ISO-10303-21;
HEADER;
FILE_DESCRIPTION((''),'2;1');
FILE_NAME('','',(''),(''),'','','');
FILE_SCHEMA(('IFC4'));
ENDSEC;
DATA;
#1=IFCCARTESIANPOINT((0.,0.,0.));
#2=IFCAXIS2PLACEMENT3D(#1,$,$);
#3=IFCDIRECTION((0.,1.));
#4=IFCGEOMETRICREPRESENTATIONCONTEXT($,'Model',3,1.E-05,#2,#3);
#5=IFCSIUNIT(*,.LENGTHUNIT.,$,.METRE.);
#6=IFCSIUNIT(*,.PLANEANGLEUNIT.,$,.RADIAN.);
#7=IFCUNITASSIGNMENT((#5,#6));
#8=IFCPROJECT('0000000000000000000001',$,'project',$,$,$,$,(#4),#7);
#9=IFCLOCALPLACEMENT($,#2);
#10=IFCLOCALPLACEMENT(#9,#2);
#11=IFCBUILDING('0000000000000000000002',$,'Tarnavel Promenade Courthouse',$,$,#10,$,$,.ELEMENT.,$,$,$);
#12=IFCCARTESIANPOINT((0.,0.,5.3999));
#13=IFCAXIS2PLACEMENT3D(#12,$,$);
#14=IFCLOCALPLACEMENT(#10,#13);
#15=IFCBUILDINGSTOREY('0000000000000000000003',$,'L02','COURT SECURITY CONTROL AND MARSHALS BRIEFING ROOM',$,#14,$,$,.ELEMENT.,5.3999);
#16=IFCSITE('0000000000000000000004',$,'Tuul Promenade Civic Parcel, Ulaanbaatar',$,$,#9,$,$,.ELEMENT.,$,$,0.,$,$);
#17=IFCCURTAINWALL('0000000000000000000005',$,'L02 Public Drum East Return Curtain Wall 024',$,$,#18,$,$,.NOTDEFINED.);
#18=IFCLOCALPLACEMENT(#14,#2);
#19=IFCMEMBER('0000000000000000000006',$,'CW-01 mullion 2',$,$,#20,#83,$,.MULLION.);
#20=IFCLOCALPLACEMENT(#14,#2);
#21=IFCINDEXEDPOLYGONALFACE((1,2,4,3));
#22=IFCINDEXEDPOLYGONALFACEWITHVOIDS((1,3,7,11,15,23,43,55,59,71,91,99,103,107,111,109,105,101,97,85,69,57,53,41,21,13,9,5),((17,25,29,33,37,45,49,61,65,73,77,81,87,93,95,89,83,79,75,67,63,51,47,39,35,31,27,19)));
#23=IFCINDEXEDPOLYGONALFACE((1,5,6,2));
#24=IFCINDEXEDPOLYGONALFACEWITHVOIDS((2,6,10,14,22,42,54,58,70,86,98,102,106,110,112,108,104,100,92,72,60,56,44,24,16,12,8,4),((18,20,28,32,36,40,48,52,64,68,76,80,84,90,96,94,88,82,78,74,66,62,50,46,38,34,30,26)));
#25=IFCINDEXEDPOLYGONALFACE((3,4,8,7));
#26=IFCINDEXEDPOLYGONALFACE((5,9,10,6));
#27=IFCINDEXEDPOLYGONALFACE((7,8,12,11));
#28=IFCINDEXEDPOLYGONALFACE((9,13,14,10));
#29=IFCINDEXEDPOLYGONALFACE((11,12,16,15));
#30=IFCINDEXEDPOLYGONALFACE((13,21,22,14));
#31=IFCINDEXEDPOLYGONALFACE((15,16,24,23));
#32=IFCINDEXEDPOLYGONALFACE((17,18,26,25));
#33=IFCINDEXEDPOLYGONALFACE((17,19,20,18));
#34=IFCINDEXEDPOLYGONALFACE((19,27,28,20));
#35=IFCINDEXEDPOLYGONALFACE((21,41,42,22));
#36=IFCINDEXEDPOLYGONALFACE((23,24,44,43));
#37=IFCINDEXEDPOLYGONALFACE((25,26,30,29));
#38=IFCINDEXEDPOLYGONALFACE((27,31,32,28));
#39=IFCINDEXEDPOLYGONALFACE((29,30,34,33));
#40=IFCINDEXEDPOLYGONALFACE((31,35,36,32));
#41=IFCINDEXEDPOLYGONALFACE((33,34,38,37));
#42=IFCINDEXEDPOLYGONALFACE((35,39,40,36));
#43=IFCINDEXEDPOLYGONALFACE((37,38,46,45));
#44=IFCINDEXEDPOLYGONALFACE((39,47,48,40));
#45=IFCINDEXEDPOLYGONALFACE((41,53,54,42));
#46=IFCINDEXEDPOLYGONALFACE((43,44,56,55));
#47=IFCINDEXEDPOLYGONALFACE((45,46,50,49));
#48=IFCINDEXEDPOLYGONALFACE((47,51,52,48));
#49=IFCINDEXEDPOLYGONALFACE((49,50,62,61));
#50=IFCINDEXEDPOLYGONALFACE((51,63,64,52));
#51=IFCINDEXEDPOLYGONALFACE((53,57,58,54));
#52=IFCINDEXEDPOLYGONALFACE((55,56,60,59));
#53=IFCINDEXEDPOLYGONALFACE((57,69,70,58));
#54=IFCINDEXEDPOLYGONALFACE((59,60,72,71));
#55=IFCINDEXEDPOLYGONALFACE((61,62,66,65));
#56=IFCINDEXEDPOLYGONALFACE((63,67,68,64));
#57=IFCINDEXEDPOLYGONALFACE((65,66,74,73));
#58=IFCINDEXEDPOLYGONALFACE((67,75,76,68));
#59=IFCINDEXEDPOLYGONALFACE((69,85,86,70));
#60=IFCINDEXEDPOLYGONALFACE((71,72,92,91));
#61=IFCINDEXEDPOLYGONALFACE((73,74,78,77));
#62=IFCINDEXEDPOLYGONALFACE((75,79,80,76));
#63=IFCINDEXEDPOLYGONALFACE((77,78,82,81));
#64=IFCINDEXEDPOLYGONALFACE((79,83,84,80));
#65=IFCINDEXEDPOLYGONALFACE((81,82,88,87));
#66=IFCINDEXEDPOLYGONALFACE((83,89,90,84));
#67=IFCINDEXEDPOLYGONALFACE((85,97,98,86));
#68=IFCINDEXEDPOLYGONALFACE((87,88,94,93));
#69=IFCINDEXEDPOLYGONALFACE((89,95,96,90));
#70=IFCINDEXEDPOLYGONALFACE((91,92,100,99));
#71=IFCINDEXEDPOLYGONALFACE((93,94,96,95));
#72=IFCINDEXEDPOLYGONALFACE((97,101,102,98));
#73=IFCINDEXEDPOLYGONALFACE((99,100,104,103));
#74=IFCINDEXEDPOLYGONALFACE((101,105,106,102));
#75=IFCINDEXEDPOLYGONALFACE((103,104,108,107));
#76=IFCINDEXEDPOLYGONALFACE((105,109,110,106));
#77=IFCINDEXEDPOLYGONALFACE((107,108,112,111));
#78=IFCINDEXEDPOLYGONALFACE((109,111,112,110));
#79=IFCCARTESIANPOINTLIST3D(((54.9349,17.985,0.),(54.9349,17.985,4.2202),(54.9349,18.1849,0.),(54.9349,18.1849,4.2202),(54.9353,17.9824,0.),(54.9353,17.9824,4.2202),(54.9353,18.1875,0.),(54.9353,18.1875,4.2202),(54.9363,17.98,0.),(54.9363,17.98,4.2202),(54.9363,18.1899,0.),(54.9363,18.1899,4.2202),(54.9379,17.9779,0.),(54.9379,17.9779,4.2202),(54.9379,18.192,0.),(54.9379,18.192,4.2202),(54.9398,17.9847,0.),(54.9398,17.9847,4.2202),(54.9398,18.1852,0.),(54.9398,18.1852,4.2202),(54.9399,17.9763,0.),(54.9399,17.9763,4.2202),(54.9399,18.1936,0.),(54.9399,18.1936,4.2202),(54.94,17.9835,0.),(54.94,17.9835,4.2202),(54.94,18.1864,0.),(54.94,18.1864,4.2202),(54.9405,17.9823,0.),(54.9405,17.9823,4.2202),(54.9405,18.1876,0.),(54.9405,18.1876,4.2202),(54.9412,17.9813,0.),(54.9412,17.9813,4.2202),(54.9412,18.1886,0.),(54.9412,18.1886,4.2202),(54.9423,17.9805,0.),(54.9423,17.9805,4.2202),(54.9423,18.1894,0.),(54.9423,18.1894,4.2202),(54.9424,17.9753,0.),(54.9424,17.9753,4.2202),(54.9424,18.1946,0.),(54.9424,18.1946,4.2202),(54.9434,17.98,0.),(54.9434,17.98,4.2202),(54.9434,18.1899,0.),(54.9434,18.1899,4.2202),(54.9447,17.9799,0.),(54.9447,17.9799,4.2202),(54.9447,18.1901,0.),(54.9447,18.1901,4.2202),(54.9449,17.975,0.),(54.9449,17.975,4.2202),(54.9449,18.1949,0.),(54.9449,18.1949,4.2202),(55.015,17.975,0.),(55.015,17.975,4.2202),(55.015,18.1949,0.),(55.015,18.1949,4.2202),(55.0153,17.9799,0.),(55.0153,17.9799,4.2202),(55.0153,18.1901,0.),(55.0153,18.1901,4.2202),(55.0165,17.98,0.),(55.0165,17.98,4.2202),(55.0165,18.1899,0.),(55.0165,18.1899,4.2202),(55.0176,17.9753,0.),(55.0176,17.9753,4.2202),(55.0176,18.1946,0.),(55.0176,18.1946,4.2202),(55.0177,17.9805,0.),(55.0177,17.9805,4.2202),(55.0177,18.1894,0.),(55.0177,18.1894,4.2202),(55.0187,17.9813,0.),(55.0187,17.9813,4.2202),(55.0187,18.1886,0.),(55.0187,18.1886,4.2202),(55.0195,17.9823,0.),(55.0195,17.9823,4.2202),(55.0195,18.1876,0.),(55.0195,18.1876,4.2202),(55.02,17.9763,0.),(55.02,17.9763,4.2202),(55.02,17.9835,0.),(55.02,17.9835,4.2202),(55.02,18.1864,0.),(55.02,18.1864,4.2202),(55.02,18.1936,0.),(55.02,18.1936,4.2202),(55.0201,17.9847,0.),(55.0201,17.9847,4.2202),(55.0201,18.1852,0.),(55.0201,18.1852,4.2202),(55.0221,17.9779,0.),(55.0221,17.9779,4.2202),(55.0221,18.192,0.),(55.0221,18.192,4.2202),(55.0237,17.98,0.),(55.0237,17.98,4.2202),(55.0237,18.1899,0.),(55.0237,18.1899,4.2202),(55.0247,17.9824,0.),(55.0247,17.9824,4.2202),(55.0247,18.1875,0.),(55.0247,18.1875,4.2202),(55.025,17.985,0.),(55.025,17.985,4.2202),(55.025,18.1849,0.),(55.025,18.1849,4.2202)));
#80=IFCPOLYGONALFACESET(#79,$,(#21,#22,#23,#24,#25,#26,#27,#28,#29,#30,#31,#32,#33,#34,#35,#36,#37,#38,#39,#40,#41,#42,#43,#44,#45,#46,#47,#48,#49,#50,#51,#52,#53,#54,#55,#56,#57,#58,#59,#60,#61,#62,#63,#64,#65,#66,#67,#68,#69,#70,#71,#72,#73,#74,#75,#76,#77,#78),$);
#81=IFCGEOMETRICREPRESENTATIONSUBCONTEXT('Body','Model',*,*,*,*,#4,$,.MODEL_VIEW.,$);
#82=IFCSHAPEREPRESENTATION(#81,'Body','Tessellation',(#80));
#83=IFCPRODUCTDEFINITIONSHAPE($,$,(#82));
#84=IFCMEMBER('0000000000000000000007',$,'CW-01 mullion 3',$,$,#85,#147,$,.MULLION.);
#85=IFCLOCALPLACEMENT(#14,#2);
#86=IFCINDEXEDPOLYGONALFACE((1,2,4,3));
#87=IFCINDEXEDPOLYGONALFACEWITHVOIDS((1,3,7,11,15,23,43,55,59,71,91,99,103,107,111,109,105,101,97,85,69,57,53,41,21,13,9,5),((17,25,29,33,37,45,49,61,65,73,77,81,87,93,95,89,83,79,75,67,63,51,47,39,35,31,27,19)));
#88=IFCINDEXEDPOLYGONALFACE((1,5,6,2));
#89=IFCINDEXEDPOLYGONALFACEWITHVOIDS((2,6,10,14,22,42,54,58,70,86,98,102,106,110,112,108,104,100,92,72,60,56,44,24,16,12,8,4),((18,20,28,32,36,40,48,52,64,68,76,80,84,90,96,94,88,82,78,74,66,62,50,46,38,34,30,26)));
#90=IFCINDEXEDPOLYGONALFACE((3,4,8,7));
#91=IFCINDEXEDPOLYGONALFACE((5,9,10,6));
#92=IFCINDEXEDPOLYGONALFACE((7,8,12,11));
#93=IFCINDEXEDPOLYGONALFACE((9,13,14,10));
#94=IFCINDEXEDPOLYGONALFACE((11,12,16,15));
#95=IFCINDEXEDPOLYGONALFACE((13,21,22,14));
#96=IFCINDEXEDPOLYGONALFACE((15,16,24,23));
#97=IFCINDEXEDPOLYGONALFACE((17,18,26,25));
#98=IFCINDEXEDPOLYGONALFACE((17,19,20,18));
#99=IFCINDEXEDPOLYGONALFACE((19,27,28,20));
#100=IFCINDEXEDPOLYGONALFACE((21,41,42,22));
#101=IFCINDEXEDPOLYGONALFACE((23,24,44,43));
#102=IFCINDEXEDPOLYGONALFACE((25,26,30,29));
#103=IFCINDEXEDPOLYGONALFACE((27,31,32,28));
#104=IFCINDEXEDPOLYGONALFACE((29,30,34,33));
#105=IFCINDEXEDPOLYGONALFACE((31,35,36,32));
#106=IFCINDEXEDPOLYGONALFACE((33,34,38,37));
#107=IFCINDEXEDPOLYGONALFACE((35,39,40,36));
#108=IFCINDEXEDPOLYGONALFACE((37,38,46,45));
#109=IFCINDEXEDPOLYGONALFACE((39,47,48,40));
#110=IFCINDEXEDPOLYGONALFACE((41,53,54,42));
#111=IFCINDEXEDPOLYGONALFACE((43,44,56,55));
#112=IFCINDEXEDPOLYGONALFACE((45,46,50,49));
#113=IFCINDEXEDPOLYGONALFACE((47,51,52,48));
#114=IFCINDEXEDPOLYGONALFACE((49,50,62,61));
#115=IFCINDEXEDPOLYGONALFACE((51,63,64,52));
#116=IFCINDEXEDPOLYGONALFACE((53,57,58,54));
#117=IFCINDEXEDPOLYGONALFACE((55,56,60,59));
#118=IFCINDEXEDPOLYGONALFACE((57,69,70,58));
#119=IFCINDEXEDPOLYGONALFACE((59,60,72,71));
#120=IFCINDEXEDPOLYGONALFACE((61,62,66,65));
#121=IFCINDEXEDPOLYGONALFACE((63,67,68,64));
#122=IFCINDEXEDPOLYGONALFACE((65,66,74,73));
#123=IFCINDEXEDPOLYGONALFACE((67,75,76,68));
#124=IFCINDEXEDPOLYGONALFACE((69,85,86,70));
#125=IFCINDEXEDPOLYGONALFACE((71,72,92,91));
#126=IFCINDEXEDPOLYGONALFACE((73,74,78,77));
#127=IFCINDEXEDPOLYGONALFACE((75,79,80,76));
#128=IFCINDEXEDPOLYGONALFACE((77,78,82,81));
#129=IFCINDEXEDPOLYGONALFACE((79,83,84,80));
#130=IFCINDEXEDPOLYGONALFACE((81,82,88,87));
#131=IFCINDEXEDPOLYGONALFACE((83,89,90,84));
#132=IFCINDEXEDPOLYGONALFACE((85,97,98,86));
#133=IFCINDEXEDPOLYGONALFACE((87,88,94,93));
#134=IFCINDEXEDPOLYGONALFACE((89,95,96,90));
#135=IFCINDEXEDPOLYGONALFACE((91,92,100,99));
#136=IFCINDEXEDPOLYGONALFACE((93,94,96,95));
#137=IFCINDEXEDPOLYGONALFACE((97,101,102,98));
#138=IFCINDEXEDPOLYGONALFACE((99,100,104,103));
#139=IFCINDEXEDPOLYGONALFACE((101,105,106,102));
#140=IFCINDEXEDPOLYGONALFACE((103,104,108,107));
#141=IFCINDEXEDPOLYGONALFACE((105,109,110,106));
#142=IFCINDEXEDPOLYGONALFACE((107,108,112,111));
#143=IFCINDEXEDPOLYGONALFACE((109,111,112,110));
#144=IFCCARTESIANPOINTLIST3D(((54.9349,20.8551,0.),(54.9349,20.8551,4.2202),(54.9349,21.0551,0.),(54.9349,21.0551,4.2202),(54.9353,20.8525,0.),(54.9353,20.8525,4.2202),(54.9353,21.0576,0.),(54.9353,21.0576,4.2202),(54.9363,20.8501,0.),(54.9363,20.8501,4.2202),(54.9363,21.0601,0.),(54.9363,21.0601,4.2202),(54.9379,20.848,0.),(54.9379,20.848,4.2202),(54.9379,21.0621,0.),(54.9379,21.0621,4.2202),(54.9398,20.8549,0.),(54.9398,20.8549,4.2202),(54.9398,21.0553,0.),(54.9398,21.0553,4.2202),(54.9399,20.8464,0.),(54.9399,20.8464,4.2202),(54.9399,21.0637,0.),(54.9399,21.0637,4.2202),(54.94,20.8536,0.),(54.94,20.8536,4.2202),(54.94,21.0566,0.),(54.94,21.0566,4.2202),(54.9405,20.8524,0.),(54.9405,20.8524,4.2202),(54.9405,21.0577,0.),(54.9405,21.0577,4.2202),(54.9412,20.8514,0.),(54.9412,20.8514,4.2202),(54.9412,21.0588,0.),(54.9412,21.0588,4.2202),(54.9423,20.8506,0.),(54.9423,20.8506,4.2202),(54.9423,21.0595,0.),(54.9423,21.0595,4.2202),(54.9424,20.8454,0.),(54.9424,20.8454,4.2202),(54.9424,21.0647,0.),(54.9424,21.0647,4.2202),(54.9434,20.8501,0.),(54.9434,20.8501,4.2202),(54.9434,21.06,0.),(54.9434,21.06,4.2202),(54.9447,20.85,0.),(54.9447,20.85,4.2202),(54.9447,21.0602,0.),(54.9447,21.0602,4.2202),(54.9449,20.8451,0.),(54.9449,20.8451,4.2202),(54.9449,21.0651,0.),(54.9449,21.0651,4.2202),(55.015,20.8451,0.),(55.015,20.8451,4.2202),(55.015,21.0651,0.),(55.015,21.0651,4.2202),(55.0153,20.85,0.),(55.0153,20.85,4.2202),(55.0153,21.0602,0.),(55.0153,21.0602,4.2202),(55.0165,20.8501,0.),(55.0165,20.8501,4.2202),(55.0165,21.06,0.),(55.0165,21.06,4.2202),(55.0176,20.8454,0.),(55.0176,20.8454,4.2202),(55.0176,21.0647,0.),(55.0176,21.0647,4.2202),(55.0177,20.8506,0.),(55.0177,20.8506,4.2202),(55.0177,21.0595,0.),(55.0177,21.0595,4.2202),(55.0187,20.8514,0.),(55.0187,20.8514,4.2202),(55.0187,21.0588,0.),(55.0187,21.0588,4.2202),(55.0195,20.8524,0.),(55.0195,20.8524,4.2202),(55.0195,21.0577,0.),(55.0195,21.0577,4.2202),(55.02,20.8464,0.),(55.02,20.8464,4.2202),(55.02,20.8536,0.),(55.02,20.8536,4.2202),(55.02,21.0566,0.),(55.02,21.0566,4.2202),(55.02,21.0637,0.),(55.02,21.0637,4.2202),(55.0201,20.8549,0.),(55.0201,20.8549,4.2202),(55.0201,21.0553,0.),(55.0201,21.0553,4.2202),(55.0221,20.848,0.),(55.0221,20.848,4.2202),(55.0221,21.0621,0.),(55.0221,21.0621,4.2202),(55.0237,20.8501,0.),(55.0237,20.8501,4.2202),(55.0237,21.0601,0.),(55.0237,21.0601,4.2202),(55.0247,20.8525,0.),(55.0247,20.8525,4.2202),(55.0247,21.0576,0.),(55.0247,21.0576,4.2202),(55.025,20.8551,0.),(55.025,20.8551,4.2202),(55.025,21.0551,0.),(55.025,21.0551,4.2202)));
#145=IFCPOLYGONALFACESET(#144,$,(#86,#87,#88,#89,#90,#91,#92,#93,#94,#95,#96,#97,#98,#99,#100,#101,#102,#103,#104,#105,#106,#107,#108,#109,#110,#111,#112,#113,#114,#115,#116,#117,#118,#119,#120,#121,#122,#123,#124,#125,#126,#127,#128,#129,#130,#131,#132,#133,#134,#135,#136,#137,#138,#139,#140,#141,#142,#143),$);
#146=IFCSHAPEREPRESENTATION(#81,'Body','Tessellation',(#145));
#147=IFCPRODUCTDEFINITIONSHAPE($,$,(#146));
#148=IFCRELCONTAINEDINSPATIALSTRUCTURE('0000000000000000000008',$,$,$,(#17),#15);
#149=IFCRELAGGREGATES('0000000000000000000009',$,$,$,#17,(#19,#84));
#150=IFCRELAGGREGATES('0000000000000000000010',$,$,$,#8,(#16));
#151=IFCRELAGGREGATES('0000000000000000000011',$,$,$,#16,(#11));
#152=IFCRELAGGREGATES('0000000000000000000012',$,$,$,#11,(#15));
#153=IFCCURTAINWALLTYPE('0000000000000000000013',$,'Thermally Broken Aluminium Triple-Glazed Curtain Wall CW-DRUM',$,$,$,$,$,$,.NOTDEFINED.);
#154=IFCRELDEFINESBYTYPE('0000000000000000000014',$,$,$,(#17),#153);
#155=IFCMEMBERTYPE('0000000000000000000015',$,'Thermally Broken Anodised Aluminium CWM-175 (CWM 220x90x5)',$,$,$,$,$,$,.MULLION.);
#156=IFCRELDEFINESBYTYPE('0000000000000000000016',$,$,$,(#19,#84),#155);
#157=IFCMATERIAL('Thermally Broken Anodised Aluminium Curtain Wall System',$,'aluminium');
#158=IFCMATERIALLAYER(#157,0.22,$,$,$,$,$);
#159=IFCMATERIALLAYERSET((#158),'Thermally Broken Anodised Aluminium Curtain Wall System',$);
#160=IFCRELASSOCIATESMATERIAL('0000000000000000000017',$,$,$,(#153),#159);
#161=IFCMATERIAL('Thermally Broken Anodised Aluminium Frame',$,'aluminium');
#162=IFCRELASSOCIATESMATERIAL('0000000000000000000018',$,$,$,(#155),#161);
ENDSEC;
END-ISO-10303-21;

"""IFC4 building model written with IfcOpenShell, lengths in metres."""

from ifc_helpers import new_model, si_unit, direction, frame, origin, origin_2d, place, context, subcontext, project, spatial, hollow_rectangle, extrude, material, layer, layer_set, material_profile, profile_set, type_object, element, aggregate, save


model = new_model("IFC4")

# Units and contexts
model_context = context("Model", 3, precision=1e-05, world=origin(), true_north=direction((0.0, 1.0)))
body_context = subcontext(model_context, "Body", "Model", "MODEL_VIEW")
ifc_project = project(units=[si_unit("LENGTHUNIT", "METRE"), si_unit("PLANEANGLEUNIT", "RADIAN")], contexts=[model_context])

# Site, building, storey
site_placement = place(None, origin())
site = spatial("IfcSite", under=ifc_project, at=site_placement, Name="Tuul Promenade Civic Parcel, Ulaanbaatar", CompositionType="ELEMENT", RefElevation=0.0)
building_placement = place(site_placement, origin())
building = spatial("IfcBuilding", under=site, at=building_placement, Name="Tarnavel Promenade Courthouse", CompositionType="ELEMENT")
storey_placement = place(building_placement, frame((0.0, 0.0, 5.3999)))
storey = spatial("IfcBuildingStorey", under=building, at=storey_placement, Name="L02", Description="COURT SECURITY CONTROL AND MARSHALS BRIEFING ROOM", CompositionType="ELEMENT", Elevation=5.3999)

# Curtain wall, members
ifc_material_1 = material(Name="Thermally Broken Anodised Aluminium Curtain Wall System", Category="aluminium")
ifc_layer_1 = layer(ifc_material_1, 0.22)
ifc_layer_set_1 = layer_set([ifc_layer_1], Name="Thermally Broken Anodised Aluminium Curtain Wall System")
curtain_wall_type = type_object("IfcCurtainWallType", Name="Thermally Broken Aluminium Triple-Glazed Curtain Wall CW-DRUM", PredefinedType="NOTDEFINED", material=ifc_layer_set_1)
ifc_material_2 = material(Name="Thermally Broken Anodised Aluminium Frame", Category="aluminium")
ifc_material_profile_1 = material_profile(ifc_material_2, hollow_rectangle(XDim=0.0901, YDim=0.22, WallThickness=0.0049, InnerFilletRadius=0.0049, OuterFilletRadius=0.01, at=origin_2d()), Name="CWM 220x90x5")
ifc_profile_set_1 = profile_set([ifc_material_profile_1], Name="Thermally Broken Anodised Aluminium Frame")
member_type_1 = type_object("IfcMemberType", Name="Thermally Broken Anodised Aluminium CWM-175 (CWM 220x90x5)", PredefinedType="MULLION", material=ifc_profile_set_1)
curtain_wall_1_placement = place(storey_placement, origin())
curtain_wall_1 = element("IfcCurtainWall", 1, at=curtain_wall_1_placement, inside=storey, type_object=curtain_wall_type, Name="L02 Public Drum East Return Curtain Wall 024", PredefinedType="NOTDEFINED")
member_1_placement = place(storey_placement, frame((54.98, 18.085, 0.0), z_axis=(0.0, 0.0, 1.0), x_axis=(-1.0, 0.0, 0.0)))
member_1 = element("IfcMember", 2, at=member_1_placement, type_object=member_type_1, Name="CW-01 mullion 2", PredefinedType="MULLION", context=body_context, shape_type="SweptSolid", body=[
    extrude(hollow_rectangle(XDim=0.0901, YDim=0.22, WallThickness=0.0049, InnerFilletRadius=0.0049, OuterFilletRadius=0.01, at=origin_2d()), origin(), (0.0, 0.0, 1.0), 4.2202),
])
member_2_placement = place(storey_placement, frame((54.98, 20.9551, 0.0), z_axis=(0.0, 0.0, 1.0), x_axis=(-1.0, 0.0, 0.0)))
member_2 = element("IfcMember", 3, at=member_2_placement, type_object=member_type_1, Name="CW-01 mullion 3", PredefinedType="MULLION", context=body_context, shape_type="SweptSolid", body=[
    extrude(hollow_rectangle(XDim=0.0901, YDim=0.22, WallThickness=0.0049, InnerFilletRadius=0.0049, OuterFilletRadius=0.01, at=origin_2d()), origin(), (0.0, 0.0, 1.0), 4.2202),
])

aggregate(curtain_wall_1, [member_1, member_2])

save(model, "model.ifc")
